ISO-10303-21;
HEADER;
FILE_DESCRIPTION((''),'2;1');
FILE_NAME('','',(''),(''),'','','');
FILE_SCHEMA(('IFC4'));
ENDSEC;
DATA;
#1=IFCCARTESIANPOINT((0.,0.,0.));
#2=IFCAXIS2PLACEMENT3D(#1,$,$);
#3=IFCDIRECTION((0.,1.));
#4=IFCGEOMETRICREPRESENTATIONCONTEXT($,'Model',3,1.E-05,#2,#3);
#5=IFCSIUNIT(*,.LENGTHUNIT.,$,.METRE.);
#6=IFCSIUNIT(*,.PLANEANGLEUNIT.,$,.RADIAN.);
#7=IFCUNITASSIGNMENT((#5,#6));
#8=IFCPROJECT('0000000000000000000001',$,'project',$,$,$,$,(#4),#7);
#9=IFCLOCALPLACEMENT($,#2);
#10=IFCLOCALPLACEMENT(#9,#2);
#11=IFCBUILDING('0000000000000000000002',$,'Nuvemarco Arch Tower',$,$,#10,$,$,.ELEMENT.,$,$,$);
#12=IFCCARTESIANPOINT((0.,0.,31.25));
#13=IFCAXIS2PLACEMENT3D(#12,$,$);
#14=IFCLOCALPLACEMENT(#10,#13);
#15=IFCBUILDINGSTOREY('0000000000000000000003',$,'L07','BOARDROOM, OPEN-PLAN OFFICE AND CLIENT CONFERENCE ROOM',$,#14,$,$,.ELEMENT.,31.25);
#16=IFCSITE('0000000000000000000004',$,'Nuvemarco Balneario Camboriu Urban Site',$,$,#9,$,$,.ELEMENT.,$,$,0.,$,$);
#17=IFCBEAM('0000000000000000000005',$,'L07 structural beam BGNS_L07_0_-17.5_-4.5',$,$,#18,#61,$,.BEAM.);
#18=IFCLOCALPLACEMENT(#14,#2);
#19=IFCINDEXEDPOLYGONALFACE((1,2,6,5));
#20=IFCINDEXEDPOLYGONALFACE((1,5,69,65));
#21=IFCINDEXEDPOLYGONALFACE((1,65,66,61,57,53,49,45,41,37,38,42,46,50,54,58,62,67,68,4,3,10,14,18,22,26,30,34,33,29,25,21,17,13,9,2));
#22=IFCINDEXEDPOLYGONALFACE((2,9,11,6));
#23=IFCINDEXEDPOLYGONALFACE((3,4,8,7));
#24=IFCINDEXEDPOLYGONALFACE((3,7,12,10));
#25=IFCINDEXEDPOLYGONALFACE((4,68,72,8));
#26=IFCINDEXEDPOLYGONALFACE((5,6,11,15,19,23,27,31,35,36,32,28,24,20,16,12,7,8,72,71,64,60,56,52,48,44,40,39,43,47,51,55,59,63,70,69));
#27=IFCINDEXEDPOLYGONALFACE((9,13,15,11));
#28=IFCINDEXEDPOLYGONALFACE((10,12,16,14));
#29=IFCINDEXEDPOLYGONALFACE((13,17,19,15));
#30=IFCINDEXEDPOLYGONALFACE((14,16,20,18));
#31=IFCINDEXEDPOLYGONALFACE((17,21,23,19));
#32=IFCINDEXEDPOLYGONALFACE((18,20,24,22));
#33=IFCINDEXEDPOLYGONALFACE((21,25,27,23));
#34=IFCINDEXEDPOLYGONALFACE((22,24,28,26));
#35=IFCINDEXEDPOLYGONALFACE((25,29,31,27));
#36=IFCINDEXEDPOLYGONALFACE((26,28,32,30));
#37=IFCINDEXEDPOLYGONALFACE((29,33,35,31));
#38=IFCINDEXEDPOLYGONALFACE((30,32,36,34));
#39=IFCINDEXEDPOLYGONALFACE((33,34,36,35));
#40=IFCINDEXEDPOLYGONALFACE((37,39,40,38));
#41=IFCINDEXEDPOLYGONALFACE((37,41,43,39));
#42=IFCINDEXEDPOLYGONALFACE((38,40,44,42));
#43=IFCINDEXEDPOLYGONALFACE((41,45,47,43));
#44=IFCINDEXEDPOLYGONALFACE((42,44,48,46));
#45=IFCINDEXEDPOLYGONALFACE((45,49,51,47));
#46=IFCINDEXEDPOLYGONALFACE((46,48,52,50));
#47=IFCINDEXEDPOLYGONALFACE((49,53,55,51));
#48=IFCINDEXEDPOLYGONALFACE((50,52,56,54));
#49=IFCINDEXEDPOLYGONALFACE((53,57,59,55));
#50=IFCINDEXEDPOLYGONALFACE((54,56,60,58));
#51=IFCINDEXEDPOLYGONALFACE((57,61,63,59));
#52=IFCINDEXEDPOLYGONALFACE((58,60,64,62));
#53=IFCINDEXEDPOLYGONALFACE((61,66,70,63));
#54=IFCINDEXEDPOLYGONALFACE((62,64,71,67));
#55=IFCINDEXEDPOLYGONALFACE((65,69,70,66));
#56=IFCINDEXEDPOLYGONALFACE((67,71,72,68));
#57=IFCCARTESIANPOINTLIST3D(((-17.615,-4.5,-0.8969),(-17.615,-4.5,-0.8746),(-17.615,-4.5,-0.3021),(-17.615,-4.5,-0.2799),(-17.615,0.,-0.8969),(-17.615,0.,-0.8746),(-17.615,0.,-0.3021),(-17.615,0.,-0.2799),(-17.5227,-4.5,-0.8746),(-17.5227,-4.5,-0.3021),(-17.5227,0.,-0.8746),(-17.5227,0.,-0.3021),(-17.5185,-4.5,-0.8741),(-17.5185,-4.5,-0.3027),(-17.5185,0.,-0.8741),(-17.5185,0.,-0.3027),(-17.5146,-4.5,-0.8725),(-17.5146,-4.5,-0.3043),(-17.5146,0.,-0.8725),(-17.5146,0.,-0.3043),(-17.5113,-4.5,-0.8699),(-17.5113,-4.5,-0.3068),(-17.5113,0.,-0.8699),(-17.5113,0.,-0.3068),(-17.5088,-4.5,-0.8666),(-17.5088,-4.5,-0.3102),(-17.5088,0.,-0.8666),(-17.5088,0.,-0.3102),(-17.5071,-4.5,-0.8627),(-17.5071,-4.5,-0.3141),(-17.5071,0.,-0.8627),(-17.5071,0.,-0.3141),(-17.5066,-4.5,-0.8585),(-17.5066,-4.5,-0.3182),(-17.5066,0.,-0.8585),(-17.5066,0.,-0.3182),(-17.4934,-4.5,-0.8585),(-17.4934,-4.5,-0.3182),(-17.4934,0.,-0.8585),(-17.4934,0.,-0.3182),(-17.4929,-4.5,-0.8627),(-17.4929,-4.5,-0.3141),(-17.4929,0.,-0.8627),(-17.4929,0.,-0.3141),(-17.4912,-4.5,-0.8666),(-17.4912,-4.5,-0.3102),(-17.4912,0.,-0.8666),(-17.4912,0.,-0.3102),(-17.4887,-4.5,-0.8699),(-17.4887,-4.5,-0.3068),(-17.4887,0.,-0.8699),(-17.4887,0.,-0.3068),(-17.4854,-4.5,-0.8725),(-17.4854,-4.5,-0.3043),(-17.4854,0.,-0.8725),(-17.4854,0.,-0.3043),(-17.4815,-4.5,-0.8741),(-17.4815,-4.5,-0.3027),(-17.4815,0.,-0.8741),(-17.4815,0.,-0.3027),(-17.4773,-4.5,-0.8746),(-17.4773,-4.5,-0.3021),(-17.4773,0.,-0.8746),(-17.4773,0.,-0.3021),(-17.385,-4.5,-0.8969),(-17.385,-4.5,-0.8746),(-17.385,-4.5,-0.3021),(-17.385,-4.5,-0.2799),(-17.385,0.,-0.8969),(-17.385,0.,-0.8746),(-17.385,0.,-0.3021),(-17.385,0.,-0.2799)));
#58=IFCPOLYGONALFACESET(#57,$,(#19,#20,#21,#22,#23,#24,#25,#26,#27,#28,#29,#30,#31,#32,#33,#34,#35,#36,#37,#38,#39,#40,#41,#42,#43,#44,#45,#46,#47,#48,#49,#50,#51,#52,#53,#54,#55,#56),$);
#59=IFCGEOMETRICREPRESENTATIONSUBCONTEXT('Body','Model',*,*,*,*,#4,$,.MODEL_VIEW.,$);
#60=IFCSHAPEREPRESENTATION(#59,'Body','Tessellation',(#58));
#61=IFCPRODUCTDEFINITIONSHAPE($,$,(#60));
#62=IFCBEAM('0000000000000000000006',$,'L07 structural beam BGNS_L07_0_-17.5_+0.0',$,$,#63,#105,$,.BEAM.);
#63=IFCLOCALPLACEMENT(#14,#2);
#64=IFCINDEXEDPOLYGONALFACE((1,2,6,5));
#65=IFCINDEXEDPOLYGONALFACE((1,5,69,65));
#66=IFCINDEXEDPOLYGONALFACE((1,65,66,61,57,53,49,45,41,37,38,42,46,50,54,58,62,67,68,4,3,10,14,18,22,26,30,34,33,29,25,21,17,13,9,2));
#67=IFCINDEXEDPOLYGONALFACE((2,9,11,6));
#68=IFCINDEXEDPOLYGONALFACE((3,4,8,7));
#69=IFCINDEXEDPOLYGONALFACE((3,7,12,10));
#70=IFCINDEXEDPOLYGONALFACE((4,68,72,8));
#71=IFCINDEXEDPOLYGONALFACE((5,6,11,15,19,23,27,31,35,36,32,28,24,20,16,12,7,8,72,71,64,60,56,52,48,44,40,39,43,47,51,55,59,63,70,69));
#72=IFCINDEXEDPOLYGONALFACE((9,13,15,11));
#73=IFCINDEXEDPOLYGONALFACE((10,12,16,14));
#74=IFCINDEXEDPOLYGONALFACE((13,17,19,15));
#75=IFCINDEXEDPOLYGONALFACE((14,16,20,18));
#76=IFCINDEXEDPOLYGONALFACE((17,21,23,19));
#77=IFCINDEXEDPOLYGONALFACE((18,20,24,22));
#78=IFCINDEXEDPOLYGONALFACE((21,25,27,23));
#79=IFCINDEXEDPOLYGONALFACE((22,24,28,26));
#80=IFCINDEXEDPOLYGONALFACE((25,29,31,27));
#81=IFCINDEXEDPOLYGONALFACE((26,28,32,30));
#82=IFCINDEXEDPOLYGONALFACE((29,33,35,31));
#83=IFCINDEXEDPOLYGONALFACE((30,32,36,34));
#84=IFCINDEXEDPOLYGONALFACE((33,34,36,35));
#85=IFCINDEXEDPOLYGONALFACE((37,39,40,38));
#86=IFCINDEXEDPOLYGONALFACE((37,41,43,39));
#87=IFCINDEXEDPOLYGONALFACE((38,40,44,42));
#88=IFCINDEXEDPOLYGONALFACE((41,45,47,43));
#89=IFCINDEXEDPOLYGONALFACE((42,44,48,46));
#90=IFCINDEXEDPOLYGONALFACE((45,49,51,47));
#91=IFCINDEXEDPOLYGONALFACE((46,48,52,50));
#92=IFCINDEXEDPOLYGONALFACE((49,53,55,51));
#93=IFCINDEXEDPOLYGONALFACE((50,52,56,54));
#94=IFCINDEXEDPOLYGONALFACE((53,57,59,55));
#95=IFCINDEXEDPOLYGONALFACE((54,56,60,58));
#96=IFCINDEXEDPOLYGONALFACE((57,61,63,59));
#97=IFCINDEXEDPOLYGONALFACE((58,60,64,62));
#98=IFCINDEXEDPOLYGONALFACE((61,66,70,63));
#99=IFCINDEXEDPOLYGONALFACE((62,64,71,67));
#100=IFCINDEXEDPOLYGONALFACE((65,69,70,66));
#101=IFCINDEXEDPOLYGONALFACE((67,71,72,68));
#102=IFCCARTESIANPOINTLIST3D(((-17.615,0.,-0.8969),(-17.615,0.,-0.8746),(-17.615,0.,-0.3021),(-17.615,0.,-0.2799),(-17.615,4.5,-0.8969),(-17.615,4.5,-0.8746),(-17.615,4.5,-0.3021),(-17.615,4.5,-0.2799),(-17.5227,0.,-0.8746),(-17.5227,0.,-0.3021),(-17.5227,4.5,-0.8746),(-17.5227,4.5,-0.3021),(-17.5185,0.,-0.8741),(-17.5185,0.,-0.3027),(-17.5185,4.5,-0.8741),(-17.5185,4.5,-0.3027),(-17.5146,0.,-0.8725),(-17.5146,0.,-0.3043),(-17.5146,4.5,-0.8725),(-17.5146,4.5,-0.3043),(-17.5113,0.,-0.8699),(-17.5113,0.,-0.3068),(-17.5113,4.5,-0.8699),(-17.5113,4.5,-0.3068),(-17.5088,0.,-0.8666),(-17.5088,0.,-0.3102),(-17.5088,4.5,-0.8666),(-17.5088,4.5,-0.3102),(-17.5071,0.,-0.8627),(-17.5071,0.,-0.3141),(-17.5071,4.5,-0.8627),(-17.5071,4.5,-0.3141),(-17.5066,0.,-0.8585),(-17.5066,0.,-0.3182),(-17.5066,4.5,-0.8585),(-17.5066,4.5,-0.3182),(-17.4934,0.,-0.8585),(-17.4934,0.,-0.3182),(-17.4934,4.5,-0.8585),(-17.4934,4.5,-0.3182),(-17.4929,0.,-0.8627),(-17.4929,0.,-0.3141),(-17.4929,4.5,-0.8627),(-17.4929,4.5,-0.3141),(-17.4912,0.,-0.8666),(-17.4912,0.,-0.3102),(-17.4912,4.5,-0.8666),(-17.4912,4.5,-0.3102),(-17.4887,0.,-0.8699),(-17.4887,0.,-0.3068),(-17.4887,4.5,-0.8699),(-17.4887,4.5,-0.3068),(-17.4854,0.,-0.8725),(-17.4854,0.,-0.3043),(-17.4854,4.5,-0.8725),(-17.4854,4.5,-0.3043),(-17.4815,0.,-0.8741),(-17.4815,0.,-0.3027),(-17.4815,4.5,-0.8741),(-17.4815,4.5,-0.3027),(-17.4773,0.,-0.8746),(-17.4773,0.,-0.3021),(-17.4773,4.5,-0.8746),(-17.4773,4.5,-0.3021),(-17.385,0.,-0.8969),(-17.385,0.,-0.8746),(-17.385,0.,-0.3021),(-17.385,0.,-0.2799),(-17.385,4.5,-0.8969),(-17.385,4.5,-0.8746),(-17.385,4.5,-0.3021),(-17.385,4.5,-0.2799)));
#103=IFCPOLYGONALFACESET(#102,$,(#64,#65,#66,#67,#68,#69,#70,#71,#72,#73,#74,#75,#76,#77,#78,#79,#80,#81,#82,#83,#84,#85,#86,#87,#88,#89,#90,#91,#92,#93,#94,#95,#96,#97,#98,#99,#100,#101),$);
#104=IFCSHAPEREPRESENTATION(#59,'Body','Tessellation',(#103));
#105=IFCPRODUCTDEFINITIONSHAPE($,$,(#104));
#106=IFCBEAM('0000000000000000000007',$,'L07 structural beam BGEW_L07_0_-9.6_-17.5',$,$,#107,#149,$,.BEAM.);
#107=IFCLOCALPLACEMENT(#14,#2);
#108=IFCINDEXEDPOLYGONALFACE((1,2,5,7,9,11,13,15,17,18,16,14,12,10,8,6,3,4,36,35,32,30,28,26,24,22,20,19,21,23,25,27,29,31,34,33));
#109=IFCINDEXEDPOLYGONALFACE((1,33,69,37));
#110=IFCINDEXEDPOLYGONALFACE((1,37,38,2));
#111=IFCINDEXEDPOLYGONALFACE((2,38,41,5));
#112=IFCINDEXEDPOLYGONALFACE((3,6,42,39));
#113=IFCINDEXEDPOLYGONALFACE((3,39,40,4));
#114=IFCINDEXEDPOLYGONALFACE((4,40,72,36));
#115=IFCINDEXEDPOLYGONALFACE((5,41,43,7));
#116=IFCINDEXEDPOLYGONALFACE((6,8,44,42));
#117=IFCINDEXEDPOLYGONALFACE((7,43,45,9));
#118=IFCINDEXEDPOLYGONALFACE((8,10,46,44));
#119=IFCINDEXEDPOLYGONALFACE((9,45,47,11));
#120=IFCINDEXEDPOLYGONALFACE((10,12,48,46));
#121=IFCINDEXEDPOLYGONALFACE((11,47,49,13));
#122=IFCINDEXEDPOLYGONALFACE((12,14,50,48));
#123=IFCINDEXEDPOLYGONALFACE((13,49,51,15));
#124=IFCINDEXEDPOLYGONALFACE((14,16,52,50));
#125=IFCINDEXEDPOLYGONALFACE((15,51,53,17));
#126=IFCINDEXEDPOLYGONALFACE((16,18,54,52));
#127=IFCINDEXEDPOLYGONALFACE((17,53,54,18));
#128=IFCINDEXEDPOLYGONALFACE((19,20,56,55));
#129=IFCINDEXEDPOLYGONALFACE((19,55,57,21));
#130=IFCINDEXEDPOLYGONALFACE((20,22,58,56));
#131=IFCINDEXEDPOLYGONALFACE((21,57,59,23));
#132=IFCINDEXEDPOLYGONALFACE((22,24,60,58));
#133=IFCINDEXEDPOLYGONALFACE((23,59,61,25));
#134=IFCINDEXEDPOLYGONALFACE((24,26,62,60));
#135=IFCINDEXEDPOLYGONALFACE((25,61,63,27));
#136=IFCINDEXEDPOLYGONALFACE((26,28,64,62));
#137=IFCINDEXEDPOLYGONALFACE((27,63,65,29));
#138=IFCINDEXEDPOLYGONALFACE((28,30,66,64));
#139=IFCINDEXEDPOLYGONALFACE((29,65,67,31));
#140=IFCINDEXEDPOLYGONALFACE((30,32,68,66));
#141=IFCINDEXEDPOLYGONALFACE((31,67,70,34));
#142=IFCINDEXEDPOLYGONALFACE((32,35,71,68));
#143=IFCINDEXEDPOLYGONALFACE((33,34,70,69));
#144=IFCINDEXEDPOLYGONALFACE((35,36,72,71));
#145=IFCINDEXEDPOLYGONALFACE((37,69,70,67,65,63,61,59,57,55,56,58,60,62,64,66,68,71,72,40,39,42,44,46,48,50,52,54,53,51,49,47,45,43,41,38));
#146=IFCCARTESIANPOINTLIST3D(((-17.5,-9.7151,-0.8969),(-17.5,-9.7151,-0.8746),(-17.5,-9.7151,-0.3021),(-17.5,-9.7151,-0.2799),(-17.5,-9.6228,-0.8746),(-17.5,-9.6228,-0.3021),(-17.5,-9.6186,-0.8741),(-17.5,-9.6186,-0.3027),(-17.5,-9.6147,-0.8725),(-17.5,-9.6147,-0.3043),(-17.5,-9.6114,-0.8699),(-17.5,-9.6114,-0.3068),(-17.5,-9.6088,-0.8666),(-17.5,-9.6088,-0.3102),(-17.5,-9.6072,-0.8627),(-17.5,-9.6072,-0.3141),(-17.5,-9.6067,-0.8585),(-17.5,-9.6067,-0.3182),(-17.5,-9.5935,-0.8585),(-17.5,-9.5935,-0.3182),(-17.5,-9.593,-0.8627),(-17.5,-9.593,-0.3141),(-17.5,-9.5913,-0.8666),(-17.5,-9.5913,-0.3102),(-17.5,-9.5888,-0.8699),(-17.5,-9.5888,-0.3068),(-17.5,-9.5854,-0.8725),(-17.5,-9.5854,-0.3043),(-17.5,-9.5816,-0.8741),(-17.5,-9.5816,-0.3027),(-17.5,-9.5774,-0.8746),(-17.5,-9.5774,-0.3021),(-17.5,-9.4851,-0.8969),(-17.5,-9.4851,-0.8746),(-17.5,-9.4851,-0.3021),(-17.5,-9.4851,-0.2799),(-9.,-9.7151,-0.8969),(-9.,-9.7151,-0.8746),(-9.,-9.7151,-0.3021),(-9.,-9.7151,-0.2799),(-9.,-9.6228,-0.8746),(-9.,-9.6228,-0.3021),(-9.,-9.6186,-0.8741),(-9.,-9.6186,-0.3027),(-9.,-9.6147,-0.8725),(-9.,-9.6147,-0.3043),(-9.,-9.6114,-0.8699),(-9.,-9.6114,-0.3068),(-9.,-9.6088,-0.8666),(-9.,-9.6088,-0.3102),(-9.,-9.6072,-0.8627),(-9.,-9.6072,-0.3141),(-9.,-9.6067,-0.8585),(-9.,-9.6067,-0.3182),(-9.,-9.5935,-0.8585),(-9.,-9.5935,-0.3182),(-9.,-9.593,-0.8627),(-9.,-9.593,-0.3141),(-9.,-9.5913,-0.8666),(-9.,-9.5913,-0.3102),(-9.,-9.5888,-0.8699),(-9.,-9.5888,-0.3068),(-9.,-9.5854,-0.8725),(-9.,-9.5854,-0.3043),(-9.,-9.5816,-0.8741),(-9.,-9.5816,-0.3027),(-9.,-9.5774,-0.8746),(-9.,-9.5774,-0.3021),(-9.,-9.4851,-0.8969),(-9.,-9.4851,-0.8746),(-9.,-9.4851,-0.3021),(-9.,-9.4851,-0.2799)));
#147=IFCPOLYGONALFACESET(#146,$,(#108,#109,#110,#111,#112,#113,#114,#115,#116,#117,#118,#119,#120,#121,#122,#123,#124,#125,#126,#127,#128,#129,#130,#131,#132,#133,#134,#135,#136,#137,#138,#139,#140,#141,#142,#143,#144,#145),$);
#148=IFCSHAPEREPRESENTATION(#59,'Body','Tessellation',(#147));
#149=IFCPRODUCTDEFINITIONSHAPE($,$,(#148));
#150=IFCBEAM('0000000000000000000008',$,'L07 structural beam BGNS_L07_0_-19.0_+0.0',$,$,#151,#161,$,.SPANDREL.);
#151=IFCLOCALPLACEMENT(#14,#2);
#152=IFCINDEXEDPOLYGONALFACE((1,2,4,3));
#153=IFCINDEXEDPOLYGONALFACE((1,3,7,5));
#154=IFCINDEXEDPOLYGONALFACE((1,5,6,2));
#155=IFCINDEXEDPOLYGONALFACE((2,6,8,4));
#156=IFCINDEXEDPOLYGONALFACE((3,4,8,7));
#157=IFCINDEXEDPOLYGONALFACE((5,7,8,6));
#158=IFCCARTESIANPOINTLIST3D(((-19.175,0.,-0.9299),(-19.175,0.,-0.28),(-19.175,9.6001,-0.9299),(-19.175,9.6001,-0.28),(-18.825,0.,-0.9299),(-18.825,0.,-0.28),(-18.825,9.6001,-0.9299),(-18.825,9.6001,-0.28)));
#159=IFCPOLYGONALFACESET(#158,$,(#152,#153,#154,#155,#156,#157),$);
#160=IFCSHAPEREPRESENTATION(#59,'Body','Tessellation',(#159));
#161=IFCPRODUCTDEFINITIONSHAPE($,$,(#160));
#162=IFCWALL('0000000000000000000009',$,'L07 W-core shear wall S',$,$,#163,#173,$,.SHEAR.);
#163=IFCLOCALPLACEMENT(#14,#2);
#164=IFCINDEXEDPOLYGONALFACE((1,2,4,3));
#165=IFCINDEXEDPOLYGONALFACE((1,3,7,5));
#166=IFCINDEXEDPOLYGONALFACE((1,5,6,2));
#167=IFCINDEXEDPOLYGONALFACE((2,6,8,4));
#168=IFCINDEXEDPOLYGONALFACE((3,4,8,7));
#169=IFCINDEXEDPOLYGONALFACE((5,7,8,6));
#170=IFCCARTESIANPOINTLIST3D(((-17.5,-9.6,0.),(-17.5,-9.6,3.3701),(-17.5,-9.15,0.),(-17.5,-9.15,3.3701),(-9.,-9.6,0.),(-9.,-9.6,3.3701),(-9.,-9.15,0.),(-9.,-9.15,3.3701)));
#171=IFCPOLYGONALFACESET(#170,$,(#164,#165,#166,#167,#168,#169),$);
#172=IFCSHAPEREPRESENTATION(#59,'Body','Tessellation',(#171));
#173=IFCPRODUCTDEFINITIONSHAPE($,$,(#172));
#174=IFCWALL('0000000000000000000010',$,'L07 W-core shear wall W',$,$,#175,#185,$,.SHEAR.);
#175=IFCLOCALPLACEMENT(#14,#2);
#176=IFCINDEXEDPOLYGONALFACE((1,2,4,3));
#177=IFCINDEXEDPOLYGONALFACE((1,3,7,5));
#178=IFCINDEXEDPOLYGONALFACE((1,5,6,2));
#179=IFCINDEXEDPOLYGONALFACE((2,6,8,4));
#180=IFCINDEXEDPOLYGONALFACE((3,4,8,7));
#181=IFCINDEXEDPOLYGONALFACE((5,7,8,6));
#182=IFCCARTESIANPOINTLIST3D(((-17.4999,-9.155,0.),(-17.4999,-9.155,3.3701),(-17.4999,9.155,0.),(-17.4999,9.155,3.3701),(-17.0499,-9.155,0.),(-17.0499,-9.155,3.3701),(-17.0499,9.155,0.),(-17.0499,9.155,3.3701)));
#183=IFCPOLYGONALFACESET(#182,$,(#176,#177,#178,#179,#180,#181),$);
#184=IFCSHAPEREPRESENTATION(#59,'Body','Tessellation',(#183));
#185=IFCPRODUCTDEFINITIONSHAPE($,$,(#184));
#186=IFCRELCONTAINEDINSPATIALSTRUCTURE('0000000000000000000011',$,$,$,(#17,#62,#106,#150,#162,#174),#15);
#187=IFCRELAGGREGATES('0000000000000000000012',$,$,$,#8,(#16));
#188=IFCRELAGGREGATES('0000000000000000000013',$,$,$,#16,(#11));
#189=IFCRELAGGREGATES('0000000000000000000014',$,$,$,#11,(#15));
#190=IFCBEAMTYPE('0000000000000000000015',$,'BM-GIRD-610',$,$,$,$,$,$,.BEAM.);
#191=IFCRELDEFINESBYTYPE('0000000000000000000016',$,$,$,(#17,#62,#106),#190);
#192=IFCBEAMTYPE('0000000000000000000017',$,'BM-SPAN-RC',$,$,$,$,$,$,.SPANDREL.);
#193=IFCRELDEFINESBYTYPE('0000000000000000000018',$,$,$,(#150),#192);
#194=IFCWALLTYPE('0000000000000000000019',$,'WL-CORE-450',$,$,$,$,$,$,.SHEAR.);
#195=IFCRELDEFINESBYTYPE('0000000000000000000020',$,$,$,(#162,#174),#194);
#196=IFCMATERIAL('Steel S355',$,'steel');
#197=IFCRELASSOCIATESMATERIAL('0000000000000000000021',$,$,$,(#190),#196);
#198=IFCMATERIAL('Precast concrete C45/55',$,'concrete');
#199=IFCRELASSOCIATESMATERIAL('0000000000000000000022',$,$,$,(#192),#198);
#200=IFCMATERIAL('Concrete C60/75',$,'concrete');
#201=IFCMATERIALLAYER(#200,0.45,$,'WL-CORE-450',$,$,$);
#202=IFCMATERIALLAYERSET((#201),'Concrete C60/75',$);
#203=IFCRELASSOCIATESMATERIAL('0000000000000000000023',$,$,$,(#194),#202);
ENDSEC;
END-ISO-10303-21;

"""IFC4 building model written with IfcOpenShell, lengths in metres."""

from ifc_helpers import new_model, si_unit, direction, frame, frame_2d, origin, origin_2d, place, context, subcontext, project, spatial, rectangle, i_section, extrude, material, layer, layer_set, material_profile, profile_set, type_object, element, save


model = new_model("IFC4")

# Units and contexts
model_context = context("Model", 3, precision=1e-05, world=origin(), true_north=direction((0.0, 1.0)))
body_context = subcontext(model_context, "Body", "Model", "MODEL_VIEW")
ifc_project = project(units=[si_unit("LENGTHUNIT", "METRE"), si_unit("PLANEANGLEUNIT", "RADIAN")], contexts=[model_context])

# Site, building, storey
site_placement = place(None, origin())
site = spatial("IfcSite", under=ifc_project, at=site_placement, Name="Nuvemarco Balneario Camboriu Urban Site", CompositionType="ELEMENT", RefElevation=0.0)
building_placement = place(site_placement, origin())
building = spatial("IfcBuilding", under=site, at=building_placement, Name="Nuvemarco Arch Tower", CompositionType="ELEMENT")
storey_placement = place(building_placement, frame((0.0, 0.0, 31.25)))
storey = spatial("IfcBuildingStorey", under=building, at=storey_placement, Name="L07", Description="BOARDROOM, OPEN-PLAN OFFICE AND CLIENT CONFERENCE ROOM", CompositionType="ELEMENT", Elevation=31.25)

# Shared definitions
ifc_material_1 = material(Name="Concrete C60/75", Category="concrete")

# Beams
ifc_material_2 = material(Name="Steel S355", Category="steel")
ifc_material_profile_1 = material_profile(ifc_material_2, i_section(OverallWidth=0.23, OverallDepth=0.6169, WebThickness=0.0132, FlangeThickness=0.0222, FilletRadius=0.0161, at=origin_2d()), Name="W610x140")
ifc_profile_set_1 = profile_set([ifc_material_profile_1], Name="Steel S355")
beam_type_1 = type_object("IfcBeamType", Name="BM-GIRD-610", PredefinedType="BEAM", material=ifc_profile_set_1)
for number, where, z_axis, x_axis, name in (
    (1, (-17.5, -4.5, -0.5884), (0.0, 1.0, 0.0), (-1.0, 0.0, 0.0), "L07 structural beam BGNS_L07_0_-17.5_-4.5"),
    (2, (-17.5, 0.0, -0.5884), (0.0, 1.0, 0.0), (-1.0, 0.0, 0.0), "L07 structural beam BGNS_L07_0_-17.5_+0.0"),
):
    element("IfcBeam", number, at=place(storey_placement, frame(where, z_axis=z_axis, x_axis=x_axis)), inside=storey, type_object=beam_type_1, Name=name, PredefinedType="BEAM", context=body_context, shape_type="SweptSolid", body=[
        extrude(i_section(OverallWidth=0.23, OverallDepth=0.6169, WebThickness=0.0132, FlangeThickness=0.0222, FilletRadius=0.0161, at=origin_2d()), origin(), (0.0, 0.0, 1.0), 4.5),
    ])
beam_1_placement = place(storey_placement, frame((-17.5, -9.6001, -0.5884), z_axis=(1.0, 0.0, 0.0), x_axis=(0.0, 1.0, 0.0)))
element("IfcBeam", 3, at=beam_1_placement, inside=storey, type_object=beam_type_1, Name="L07 structural beam BGEW_L07_0_-9.6_-17.5", PredefinedType="BEAM", context=body_context, shape_type="SweptSolid", body=[
    extrude(i_section(OverallWidth=0.23, OverallDepth=0.6169, WebThickness=0.0132, FlangeThickness=0.0222, FilletRadius=0.0161, at=origin_2d()), origin(), (0.0, 0.0, 1.0), 8.5),
])
ifc_material_3 = material(Name="Precast concrete C45/55", Category="concrete")
ifc_material_profile_2 = material_profile(ifc_material_3, rectangle(XDim=0.3501, YDim=0.6499, at=origin_2d()), Name="PC-SP-350x650")
ifc_profile_set_2 = profile_set([ifc_material_profile_2], Name="Precast concrete C45/55")
beam_type_2 = type_object("IfcBeamType", Name="BM-SPAN-RC", PredefinedType="SPANDREL", material=ifc_profile_set_2)
beam_2_placement = place(storey_placement, frame((-19.0, 0.0, -0.605), z_axis=(0.0, 1.0, 0.0), x_axis=(-1.0, 0.0, 0.0)))
element("IfcBeam", 4, at=beam_2_placement, inside=storey, type_object=beam_type_2, Name="L07 structural beam BGNS_L07_0_-19.0_+0.0", PredefinedType="SPANDREL", context=body_context, shape_type="SweptSolid", body=[
    extrude(rectangle(XDim=0.3501, YDim=0.6499, at=origin_2d()), origin(), (0.0, 0.0, 1.0), 9.6001),
])

# Walls
ifc_layer_1 = layer(ifc_material_1, 0.45, Name="WL-CORE-450")
ifc_layer_set_1 = layer_set([ifc_layer_1], Name="Concrete C60/75")
wall_type_1 = type_object("IfcWallType", Name="WL-CORE-450", PredefinedType="SHEAR", material=ifc_layer_set_1)
wall_1_placement = place(storey_placement, frame((-17.5, -9.375, 0.0), z_axis=(0.0, 0.0, 1.0), x_axis=(1.0, 0.0, 0.0)))
element("IfcWall", 5, at=wall_1_placement, inside=storey, type_object=wall_type_1, Name="L07 W-core shear wall S", PredefinedType="SHEAR", context=body_context, shape_type="SweptSolid", body=[
    extrude(rectangle(XDim=8.5, YDim=0.45, at=frame_2d((4.25, 0.0))), origin(), (0.0, 0.0, 1.0), 3.3701),
])
wall_2_placement = place(storey_placement, frame((-17.2749, -9.155, 0.0), z_axis=(0.0, 0.0, 1.0), x_axis=(0.0, 1.0, 0.0)))
element("IfcWall", 6, at=wall_2_placement, inside=storey, type_object=wall_type_1, Name="L07 W-core shear wall W", PredefinedType="SHEAR", context=body_context, shape_type="SweptSolid", body=[
    extrude(rectangle(XDim=18.3101, YDim=0.45, at=frame_2d((9.155, 0.0))), origin(), (0.0, 0.0, 1.0), 3.3701),
])

save(model, "model.ifc")
